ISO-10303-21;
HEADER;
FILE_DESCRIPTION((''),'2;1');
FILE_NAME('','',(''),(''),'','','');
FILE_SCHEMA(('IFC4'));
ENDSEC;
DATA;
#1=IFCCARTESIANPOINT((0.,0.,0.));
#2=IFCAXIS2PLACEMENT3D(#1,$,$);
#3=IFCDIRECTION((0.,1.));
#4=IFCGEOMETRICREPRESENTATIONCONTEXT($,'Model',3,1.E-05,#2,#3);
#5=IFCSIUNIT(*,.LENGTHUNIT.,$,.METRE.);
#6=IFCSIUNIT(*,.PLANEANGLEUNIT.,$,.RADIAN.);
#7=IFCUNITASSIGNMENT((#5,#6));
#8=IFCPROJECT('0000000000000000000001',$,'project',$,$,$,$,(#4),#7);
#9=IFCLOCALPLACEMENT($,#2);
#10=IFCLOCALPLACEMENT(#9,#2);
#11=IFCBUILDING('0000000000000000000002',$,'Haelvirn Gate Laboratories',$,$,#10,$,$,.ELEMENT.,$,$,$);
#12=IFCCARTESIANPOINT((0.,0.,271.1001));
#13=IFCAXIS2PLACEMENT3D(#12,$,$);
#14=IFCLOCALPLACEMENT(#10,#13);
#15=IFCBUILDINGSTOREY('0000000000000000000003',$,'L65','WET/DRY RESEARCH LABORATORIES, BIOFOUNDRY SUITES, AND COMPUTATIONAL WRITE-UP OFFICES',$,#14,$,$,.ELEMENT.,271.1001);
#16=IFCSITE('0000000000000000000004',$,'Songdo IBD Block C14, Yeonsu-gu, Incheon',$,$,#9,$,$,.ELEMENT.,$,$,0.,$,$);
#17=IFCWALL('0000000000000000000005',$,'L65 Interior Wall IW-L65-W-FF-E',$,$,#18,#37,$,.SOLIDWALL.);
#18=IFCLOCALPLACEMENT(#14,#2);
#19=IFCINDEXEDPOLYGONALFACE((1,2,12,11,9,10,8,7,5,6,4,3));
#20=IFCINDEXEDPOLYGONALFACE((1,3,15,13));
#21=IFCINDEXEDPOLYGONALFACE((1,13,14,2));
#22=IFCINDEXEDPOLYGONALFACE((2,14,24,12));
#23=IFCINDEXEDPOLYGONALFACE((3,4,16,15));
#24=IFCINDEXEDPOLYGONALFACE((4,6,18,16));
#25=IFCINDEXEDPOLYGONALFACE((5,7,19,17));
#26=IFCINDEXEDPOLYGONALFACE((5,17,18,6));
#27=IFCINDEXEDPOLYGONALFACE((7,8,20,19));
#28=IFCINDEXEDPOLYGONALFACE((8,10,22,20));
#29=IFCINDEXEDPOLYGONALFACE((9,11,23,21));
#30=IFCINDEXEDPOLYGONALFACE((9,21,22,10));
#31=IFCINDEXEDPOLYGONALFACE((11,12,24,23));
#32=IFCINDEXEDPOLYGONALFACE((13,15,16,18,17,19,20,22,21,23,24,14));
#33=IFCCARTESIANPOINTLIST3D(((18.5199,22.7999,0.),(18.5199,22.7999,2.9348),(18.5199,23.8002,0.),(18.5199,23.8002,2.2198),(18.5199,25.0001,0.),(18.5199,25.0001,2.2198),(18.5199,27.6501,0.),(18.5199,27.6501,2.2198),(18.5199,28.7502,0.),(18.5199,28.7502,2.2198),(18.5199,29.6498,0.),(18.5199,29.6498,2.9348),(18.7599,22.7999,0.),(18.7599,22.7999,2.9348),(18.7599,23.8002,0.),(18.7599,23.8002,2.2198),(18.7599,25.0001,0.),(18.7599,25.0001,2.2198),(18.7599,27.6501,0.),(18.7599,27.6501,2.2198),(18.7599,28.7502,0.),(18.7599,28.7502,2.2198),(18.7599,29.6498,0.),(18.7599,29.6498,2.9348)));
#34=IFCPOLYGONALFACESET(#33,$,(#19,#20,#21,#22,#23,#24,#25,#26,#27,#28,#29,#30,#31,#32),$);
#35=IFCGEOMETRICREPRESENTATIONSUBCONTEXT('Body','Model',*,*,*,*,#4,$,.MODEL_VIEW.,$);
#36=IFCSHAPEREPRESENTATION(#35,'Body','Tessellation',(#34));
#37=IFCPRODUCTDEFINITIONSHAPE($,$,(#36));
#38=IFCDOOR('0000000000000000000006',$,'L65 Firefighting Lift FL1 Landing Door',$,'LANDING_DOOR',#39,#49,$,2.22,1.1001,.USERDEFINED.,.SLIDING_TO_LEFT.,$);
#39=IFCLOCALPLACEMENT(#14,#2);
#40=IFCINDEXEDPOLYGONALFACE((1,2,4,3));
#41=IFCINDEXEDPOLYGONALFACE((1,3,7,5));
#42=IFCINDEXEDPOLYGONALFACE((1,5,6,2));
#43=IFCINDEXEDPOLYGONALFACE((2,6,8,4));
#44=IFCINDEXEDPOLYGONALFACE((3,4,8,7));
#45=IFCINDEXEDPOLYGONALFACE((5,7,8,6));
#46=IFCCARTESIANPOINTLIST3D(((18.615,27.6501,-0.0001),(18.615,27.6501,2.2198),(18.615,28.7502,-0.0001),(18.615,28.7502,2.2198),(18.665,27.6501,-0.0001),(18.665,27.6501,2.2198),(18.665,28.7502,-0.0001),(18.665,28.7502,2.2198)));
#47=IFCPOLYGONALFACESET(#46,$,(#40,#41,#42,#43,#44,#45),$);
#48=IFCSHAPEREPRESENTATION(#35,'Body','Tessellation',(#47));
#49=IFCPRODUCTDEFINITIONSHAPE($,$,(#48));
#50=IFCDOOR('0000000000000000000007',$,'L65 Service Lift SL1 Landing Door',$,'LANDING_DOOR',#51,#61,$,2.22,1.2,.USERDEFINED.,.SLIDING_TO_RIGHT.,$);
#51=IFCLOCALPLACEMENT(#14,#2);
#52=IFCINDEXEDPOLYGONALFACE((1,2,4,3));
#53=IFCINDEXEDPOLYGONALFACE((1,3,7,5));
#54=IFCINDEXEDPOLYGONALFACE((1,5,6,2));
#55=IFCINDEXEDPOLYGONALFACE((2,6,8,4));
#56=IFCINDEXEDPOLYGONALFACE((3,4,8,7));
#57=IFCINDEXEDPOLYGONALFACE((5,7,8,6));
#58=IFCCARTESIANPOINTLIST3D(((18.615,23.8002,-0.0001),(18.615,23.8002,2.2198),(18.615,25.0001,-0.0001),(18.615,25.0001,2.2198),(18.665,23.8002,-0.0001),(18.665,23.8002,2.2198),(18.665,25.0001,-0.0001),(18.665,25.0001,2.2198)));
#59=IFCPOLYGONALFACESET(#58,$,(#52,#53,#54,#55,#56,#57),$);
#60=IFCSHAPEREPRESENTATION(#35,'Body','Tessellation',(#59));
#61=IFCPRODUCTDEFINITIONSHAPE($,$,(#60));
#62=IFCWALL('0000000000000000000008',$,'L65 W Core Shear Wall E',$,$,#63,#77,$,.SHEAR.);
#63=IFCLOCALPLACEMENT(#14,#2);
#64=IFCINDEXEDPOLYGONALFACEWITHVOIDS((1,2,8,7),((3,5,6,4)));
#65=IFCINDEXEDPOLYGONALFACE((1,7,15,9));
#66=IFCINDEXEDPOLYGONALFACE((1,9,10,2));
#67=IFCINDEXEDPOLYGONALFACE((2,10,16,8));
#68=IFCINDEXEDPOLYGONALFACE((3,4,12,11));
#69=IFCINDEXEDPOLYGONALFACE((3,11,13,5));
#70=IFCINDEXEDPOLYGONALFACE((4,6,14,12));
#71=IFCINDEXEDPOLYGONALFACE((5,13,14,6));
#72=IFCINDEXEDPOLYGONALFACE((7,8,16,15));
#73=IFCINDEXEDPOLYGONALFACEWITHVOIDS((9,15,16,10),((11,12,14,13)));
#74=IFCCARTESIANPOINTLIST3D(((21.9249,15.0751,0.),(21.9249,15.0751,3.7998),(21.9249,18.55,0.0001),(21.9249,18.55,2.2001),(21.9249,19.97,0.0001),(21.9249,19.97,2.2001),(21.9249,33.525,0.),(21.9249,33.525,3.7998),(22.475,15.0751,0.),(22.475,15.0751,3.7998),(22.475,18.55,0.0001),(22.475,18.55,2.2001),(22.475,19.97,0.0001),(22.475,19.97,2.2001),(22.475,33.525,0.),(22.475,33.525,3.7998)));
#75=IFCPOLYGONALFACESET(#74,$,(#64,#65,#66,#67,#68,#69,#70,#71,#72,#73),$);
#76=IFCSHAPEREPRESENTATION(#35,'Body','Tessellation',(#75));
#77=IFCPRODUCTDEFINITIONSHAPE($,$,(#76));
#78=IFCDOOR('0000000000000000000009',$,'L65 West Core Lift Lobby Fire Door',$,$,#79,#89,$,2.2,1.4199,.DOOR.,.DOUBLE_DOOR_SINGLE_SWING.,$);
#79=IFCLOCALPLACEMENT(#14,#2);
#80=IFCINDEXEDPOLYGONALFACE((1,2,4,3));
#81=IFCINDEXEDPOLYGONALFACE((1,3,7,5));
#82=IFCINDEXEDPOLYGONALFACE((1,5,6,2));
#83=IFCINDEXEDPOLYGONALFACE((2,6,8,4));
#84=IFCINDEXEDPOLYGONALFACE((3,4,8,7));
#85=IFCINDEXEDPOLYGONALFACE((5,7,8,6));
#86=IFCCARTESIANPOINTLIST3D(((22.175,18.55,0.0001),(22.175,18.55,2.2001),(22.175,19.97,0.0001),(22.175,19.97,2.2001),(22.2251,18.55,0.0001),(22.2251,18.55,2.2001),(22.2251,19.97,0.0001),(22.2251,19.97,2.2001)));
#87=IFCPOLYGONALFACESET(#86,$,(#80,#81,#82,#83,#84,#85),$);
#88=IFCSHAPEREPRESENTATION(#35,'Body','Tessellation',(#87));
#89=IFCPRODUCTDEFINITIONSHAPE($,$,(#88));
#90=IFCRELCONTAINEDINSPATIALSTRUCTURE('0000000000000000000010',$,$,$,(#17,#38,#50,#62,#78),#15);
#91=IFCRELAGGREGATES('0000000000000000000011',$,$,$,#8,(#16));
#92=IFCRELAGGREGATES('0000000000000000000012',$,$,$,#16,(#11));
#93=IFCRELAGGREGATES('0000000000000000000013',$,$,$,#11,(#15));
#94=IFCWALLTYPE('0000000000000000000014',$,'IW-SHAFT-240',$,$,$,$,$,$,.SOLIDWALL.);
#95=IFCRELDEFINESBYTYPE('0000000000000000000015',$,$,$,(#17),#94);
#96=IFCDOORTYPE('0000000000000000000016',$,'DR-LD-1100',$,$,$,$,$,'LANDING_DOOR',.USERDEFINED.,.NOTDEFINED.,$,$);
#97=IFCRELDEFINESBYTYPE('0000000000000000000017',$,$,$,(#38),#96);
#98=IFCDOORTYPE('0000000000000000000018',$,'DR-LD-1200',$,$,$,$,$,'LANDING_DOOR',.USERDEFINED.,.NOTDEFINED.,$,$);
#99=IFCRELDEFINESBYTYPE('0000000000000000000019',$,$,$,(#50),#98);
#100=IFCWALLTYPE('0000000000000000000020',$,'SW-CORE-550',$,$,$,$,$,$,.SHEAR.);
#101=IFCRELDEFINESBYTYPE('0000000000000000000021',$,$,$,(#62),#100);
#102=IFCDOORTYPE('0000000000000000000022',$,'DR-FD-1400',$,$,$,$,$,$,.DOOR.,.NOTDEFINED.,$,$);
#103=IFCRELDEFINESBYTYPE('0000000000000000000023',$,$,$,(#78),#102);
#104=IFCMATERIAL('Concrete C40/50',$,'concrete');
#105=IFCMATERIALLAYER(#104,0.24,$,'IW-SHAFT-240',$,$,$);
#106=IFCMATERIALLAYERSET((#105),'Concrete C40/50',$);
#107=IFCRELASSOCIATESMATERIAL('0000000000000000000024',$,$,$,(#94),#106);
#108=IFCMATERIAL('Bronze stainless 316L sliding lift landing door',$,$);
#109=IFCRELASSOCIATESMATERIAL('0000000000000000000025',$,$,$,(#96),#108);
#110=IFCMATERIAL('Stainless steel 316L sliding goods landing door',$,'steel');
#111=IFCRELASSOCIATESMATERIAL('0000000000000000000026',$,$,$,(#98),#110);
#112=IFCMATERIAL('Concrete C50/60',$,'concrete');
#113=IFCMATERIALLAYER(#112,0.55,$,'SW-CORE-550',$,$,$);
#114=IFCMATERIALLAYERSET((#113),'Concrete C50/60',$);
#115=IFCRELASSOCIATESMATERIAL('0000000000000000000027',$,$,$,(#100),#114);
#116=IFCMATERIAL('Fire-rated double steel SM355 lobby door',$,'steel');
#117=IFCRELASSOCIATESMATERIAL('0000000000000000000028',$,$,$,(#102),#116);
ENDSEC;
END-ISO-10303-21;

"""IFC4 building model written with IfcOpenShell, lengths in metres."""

from ifc_helpers import new_model, si_unit, direction, frame, frame_2d, origin, place, context, subcontext, project, spatial, rectangle, extrude, source, transform, mapped, material, layer, layer_set, type_object, type_shapes, element, fill, save


model = new_model("IFC4")

# Units and contexts
model_context = context("Model", 3, precision=1e-05, world=origin(), true_north=direction((0.0, 1.0)))
body_context = subcontext(model_context, "Body", "Model", "MODEL_VIEW")
ifc_project = project(units=[si_unit("LENGTHUNIT", "METRE"), si_unit("PLANEANGLEUNIT", "RADIAN")], contexts=[model_context])

# Site, building, storey
site_placement = place(None, origin())
site = spatial("IfcSite", under=ifc_project, at=site_placement, Name="Songdo IBD Block C14, Yeonsu-gu, Incheon", CompositionType="ELEMENT", RefElevation=0.0)
building_placement = place(site_placement, origin())
building = spatial("IfcBuilding", under=site, at=building_placement, Name="Haelvirn Gate Laboratories", CompositionType="ELEMENT")
storey_placement = place(building_placement, frame((0.0, 0.0, 271.1001)))
storey = spatial("IfcBuildingStorey", under=building, at=storey_placement, Name="L65", Description="WET/DRY RESEARCH LABORATORIES, BIOFOUNDRY SUITES, AND COMPUTATIONAL WRITE-UP OFFICES", CompositionType="ELEMENT", Elevation=271.1001)

# Shared definitions
ifc_material_1 = material(Name="Concrete C50/60", Category="concrete")

# Shared definitions
ifc_material_2 = material(Name="Concrete C40/50", Category="concrete")

# Wall, openings, doors
ifc_layer_1 = layer(ifc_material_2, 0.24, Name="IW-SHAFT-240")
ifc_layer_set_1 = layer_set([ifc_layer_1], Name="Concrete C40/50")
wall_type_1 = type_object("IfcWallType", Name="IW-SHAFT-240", PredefinedType="SOLIDWALL", material=ifc_layer_set_1)
wall_1_placement = place(storey_placement, frame((18.6399, 22.8, 0.0), z_axis=(0.0, 0.0, 1.0), x_axis=(0.0, 1.0, 0.0)))
wall_1 = element("IfcWall", 1, at=wall_1_placement, inside=storey, type_object=wall_type_1, Name="L65 Interior Wall IW-L65-W-FF-E", PredefinedType="SOLIDWALL", context=body_context, shape_type="SweptSolid", body=[
    extrude(rectangle(XDim=6.8499, YDim=0.24, at=frame_2d((3.4248, 0.0))), origin(), (0.0, 0.0, 1.0), 2.9348),
])
opening_1_placement = place(wall_1_placement, frame((4.8501, 0.0, 0.0)))
opening_1 = element("IfcOpeningElement", 2, at=opening_1_placement, cuts=wall_1, PredefinedType="OPENING", context=body_context, shape_type="SweptSolid", body=[
    extrude(rectangle(XDim=1.1001, YDim=2.22, at=frame_2d((0.55, 1.1099))), frame((0.0, 0.1299, 0.0), z_axis=(0.0, -1.0, 0.0), x_axis=(1.0, 0.0, 0.0)), (0.0, 0.0, 1.0), 0.26),
])
opening_2_placement = place(wall_1_placement, frame((1.0, 0.0, 0.0)))
opening_2 = element("IfcOpeningElement", 3, at=opening_2_placement, cuts=wall_1, PredefinedType="OPENING", context=body_context, shape_type="SweptSolid", body=[
    extrude(rectangle(XDim=1.2, YDim=2.22, at=frame_2d((0.6001, 1.1099))), frame((0.0, 0.1299, 0.0), z_axis=(0.0, -1.0, 0.0), x_axis=(1.0, 0.0, 0.0)), (0.0, 0.0, 1.0), 0.26),
])
ifc_material_3 = material(Name="Bronze stainless 316L sliding lift landing door")
door_type_1 = type_object("IfcDoorType", Name="DR-LD-1100", ElementType="LANDING_DOOR", OperationType="NOTDEFINED", PredefinedType="USERDEFINED", material=ifc_material_3)
shared_shape_1 = source(origin(), body_context, "Body", "SweptSolid", [
    extrude(rectangle(XDim=1.1001, YDim=2.22, at=frame_2d((0.55, 1.1099))), frame((0.0, 0.0249, 0.0), z_axis=(0.0, -1.0, 0.0), x_axis=(1.0, 0.0, 0.0)), (0.0, 0.0, 1.0), 0.05),
])
type_shapes(door_type_1, [shared_shape_1])
door_1_placement = place(opening_1_placement, origin())
door_1 = element("IfcDoor", 4, at=door_1_placement, inside=storey, type_object=door_type_1, Name="L65 Firefighting Lift FL1 Landing Door", ObjectType="LANDING_DOOR", OperationType="SLIDING_TO_LEFT", OverallHeight=2.22, OverallWidth=1.1001, PredefinedType="USERDEFINED", context=body_context, shape_type="MappedRepresentation", body=[
    mapped(shared_shape_1, transform((0.0, 0.0, 0.0), scale=1.0)),
])
fill(opening_1, door_1)
ifc_material_4 = material(Name="Stainless steel 316L sliding goods landing door", Category="steel")
door_type_2 = type_object("IfcDoorType", Name="DR-LD-1200", ElementType="LANDING_DOOR", OperationType="NOTDEFINED", PredefinedType="USERDEFINED", material=ifc_material_4)
shared_shape_2 = source(origin(), body_context, "Body", "SweptSolid", [
    extrude(rectangle(XDim=1.2, YDim=2.22, at=frame_2d((0.6001, 1.1099))), frame((0.0, 0.0249, 0.0), z_axis=(0.0, -1.0, 0.0), x_axis=(1.0, 0.0, 0.0)), (0.0, 0.0, 1.0), 0.05),
])
type_shapes(door_type_2, [shared_shape_2])
door_2_placement = place(opening_2_placement, origin())
door_2 = element("IfcDoor", 5, at=door_2_placement, inside=storey, type_object=door_type_2, Name="L65 Service Lift SL1 Landing Door", ObjectType="LANDING_DOOR", OperationType="SLIDING_TO_RIGHT", OverallHeight=2.22, OverallWidth=1.2, PredefinedType="USERDEFINED", context=body_context, shape_type="MappedRepresentation", body=[
    mapped(shared_shape_2, transform((0.0, 0.0, 0.0), scale=1.0)),
])
fill(opening_2, door_2)

# Wall, opening, door
ifc_layer_2 = layer(ifc_material_1, 0.55, Name="SW-CORE-550")
ifc_layer_set_2 = layer_set([ifc_layer_2], Name="Concrete C50/60")
wall_type_2 = type_object("IfcWallType", Name="SW-CORE-550", PredefinedType="SHEAR", material=ifc_layer_set_2)
wall_2_placement = place(storey_placement, frame((22.2, 15.075, 0.0), z_axis=(0.0, 0.0, 1.0), x_axis=(0.0, 1.0, 0.0)))
wall_2 = element("IfcWall", 6, at=wall_2_placement, inside=storey, type_object=wall_type_2, Name="L65 W Core Shear Wall E", PredefinedType="SHEAR", context=body_context, shape_type="SweptSolid", body=[
    extrude(rectangle(XDim=18.45, YDim=0.55, at=frame_2d((9.2251, 0.0))), origin(), (0.0, 0.0, 1.0), 3.7998),
])
opening_3_placement = place(wall_2_placement, frame((3.4751, 0.0, 0.0)))
opening_3 = element("IfcOpeningElement", 7, at=opening_3_placement, cuts=wall_2, PredefinedType="OPENING", context=body_context, shape_type="SweptSolid", body=[
    extrude(rectangle(XDim=1.4199, YDim=2.2, at=frame_2d((0.71, 1.1001))), frame((0.0, 0.2852, 0.0), z_axis=(0.0, -1.0, 0.0), x_axis=(1.0, 0.0, 0.0)), (0.0, 0.0, 1.0), 0.5701),
])
ifc_material_5 = material(Name="Fire-rated double steel SM355 lobby door", Category="steel")
door_type_3 = type_object("IfcDoorType", Name="DR-FD-1400", OperationType="NOTDEFINED", PredefinedType="DOOR", material=ifc_material_5)
shared_shape_3 = source(origin(), body_context, "Body", "SweptSolid", [
    extrude(rectangle(XDim=1.4199, YDim=2.2, at=frame_2d((0.71, 1.1001))), frame((0.0, 0.0249, 0.0), z_axis=(0.0, -1.0, 0.0), x_axis=(1.0, 0.0, 0.0)), (0.0, 0.0, 1.0), 0.05),
])
type_shapes(door_type_3, [shared_shape_3])
door_3_placement = place(opening_3_placement, origin())
door_3 = element("IfcDoor", 8, at=door_3_placement, inside=storey, type_object=door_type_3, Name="L65 West Core Lift Lobby Fire Door", OperationType="DOUBLE_DOOR_SINGLE_SWING", OverallHeight=2.2, OverallWidth=1.4199, PredefinedType="DOOR", context=body_context, shape_type="MappedRepresentation", body=[
    mapped(shared_shape_3, transform((0.0, 0.0, 0.0), scale=1.0)),
])
fill(opening_3, door_3)

save(model, "model.ifc")
